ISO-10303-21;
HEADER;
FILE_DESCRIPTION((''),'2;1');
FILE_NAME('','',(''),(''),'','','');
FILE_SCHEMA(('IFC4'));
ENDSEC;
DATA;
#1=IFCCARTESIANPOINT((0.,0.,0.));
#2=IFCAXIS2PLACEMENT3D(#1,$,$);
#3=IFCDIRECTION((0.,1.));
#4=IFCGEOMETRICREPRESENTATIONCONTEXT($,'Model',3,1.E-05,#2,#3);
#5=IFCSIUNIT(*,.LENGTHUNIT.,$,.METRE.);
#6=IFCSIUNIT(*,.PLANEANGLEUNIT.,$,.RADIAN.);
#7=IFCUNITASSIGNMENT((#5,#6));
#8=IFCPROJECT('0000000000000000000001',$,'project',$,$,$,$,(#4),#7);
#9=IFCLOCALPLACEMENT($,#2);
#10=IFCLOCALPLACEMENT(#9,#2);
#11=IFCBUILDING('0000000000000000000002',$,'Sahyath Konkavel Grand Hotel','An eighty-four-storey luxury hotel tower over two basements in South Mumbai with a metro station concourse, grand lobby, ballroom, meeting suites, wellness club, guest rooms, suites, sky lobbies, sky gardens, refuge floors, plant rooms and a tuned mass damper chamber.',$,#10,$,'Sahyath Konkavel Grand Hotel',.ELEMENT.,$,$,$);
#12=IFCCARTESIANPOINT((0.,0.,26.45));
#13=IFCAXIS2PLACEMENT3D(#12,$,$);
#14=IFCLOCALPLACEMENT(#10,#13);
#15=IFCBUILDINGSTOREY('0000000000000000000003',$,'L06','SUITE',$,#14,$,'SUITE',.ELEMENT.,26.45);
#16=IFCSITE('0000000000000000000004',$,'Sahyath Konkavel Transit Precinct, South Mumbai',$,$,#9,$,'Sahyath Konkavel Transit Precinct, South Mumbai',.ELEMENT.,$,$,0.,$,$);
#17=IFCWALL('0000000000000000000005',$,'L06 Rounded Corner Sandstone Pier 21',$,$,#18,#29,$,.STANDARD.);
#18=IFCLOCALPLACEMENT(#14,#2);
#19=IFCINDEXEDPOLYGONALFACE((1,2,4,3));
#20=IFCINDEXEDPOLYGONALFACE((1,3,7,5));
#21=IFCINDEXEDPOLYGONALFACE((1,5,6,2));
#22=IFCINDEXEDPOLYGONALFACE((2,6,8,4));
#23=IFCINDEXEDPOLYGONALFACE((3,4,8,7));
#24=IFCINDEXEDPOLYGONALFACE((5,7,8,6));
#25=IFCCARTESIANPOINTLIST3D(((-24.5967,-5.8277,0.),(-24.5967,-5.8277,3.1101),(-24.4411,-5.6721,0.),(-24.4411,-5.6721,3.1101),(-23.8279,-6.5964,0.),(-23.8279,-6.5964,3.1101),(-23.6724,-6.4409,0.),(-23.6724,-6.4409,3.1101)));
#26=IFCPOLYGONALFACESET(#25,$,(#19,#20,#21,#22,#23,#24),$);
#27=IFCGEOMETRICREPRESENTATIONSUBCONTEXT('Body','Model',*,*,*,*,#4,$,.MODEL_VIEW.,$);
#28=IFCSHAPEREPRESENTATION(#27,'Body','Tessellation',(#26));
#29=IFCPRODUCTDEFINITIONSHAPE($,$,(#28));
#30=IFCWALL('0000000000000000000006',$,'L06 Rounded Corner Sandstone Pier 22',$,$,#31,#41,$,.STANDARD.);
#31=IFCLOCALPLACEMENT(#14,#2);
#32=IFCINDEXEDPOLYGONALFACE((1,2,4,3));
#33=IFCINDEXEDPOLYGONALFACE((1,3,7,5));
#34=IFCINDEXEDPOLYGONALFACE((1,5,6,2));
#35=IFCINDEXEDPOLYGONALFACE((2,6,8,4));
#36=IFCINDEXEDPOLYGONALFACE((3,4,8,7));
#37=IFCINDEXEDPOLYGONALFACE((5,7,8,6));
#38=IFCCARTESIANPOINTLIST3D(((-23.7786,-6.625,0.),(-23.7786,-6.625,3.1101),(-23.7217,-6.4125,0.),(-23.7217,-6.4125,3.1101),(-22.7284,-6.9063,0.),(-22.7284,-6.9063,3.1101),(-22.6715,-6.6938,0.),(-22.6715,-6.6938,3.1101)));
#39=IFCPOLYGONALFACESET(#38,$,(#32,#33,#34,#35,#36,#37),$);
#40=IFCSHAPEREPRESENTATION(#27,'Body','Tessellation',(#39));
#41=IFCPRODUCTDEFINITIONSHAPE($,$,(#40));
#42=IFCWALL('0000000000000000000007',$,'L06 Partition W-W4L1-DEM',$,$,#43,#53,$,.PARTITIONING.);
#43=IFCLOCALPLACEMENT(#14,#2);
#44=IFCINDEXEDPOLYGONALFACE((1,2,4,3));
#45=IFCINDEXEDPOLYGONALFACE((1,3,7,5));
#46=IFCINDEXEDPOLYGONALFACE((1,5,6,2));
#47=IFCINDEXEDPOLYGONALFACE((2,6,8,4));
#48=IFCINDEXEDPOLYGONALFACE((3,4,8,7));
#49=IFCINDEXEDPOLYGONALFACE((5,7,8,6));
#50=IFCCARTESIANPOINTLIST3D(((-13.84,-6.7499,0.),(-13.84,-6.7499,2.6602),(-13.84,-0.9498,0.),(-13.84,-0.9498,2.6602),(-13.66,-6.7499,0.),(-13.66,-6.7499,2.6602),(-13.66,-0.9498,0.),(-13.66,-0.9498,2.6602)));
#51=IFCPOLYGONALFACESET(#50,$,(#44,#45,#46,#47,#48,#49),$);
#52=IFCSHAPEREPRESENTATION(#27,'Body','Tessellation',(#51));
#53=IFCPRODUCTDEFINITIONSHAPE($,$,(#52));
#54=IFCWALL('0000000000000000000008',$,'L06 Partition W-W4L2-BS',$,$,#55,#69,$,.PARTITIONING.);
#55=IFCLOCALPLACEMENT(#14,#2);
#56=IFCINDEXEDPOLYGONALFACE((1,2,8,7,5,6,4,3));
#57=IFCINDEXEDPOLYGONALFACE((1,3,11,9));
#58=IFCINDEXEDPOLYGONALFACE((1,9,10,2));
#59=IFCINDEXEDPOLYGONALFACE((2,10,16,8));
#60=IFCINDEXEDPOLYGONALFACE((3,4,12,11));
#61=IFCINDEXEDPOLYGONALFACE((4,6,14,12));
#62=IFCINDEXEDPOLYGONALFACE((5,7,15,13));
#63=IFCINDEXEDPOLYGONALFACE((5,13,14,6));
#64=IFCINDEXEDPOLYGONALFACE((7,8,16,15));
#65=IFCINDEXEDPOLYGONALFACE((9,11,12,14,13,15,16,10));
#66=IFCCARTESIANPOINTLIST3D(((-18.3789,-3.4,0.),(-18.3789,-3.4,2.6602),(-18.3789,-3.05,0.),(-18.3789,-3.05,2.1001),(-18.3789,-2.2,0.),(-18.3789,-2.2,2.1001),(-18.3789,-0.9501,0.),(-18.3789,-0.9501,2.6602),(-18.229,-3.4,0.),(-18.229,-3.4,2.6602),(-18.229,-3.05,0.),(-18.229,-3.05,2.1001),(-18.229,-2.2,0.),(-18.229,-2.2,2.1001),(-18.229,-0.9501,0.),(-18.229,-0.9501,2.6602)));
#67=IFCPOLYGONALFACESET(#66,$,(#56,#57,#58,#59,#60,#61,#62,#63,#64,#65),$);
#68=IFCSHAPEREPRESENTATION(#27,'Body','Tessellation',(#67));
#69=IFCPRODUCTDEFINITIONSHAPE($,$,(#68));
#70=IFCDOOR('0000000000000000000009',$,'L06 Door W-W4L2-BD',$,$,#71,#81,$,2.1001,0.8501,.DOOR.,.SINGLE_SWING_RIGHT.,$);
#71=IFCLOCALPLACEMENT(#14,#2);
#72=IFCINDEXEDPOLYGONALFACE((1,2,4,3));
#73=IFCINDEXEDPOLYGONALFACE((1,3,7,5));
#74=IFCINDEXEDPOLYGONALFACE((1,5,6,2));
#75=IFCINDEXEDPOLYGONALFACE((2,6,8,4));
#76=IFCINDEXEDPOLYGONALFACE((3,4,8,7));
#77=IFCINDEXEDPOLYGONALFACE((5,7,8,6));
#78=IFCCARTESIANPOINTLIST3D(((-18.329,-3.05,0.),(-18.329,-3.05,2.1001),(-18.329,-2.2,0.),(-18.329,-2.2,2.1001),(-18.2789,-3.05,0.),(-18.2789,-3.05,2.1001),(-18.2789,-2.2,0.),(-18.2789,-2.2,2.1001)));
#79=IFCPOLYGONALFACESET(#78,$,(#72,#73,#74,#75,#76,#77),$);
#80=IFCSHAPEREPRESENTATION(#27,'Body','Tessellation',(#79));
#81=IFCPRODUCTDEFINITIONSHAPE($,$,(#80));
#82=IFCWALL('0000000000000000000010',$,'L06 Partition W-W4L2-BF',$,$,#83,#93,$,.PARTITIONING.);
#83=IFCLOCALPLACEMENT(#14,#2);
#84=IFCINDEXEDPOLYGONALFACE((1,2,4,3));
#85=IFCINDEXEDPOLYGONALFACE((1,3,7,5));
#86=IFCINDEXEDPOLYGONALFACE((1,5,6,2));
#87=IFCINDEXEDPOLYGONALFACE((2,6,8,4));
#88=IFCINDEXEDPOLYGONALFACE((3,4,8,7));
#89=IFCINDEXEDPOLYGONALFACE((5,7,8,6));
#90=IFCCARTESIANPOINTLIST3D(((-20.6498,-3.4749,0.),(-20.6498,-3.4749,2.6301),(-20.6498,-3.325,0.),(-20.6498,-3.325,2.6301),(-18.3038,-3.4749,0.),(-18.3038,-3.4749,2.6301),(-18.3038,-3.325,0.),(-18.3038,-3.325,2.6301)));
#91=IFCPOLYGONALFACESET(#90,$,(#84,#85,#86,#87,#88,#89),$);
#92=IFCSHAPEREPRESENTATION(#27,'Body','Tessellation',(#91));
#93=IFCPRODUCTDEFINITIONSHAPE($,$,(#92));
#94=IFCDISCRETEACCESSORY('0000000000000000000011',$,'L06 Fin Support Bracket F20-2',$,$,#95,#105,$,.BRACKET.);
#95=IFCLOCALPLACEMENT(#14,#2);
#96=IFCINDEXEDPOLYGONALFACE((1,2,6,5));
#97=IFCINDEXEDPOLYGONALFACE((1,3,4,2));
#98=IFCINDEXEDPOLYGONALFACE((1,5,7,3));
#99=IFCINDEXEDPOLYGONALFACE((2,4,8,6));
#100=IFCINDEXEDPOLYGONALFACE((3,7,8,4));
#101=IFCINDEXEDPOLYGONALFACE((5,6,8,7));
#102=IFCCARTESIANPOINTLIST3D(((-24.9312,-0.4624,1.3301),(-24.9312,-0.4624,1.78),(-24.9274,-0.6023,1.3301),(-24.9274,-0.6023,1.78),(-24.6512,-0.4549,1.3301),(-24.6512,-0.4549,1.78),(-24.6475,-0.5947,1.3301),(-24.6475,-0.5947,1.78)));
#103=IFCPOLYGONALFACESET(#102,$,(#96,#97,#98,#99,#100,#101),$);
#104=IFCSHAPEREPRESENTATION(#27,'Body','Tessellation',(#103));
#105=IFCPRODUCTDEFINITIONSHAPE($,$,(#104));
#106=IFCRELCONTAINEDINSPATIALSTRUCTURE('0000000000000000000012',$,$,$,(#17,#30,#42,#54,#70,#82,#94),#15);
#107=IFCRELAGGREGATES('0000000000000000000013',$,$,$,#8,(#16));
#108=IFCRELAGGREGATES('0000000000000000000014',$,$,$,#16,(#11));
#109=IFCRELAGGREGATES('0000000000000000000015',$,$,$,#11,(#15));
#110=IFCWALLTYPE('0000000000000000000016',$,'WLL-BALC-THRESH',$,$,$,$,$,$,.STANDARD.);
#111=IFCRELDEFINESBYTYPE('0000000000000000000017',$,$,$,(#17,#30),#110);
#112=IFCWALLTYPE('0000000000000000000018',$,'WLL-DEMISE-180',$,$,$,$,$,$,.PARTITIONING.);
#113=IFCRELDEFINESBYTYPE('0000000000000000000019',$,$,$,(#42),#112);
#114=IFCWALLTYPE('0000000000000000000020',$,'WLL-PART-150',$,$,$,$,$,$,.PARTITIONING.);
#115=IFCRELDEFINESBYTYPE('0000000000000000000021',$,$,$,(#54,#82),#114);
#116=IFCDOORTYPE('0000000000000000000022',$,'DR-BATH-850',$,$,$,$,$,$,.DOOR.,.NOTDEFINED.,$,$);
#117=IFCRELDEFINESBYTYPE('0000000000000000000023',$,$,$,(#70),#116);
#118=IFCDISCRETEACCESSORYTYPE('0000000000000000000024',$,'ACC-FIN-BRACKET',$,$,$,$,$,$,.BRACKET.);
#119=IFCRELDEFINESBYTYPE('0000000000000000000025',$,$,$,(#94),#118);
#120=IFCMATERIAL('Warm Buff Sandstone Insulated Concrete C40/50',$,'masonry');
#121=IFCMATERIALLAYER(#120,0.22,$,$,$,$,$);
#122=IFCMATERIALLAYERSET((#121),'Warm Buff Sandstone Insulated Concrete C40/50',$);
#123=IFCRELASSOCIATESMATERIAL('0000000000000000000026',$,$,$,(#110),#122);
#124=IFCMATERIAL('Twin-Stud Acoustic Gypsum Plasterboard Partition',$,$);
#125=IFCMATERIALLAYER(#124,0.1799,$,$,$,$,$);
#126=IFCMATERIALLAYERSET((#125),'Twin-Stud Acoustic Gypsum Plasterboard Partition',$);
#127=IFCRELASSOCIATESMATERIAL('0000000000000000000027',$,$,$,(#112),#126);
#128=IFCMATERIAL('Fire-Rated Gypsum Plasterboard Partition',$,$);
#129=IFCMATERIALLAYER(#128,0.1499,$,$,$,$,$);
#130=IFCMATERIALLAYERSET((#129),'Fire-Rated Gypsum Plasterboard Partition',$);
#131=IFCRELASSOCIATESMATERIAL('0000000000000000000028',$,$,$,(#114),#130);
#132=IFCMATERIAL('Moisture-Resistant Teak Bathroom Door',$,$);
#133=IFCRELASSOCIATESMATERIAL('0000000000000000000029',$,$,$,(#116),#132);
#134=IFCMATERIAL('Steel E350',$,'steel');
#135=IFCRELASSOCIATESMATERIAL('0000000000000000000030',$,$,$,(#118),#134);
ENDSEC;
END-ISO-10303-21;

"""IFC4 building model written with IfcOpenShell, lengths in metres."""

from ifc_helpers import new_model, si_unit, direction, frame, frame_2d, origin, origin_2d, place, context, subcontext, project, spatial, rectangle, extrude, source, transform, mapped, material, layer, layer_set, type_object, element, fill, save


model = new_model("IFC4")

# Units and contexts
model_context = context("Model", 3, precision=1e-05, world=origin(), true_north=direction((0.0, 1.0)))
body_context = subcontext(model_context, "Body", "Model", "MODEL_VIEW")
ifc_project = project(units=[si_unit("LENGTHUNIT", "METRE"), si_unit("PLANEANGLEUNIT", "RADIAN")], contexts=[model_context])

# Site, building, storey
site_placement = place(None, origin())
site = spatial("IfcSite", under=ifc_project, at=site_placement, Name="Sahyath Konkavel Transit Precinct, South Mumbai", LongName="Sahyath Konkavel Transit Precinct, South Mumbai", CompositionType="ELEMENT", RefElevation=0.0)
building_placement = place(site_placement, origin())
building = spatial("IfcBuilding", under=site, at=building_placement, Name="Sahyath Konkavel Grand Hotel", Description="An eighty-four-storey luxury hotel tower over two basements in South Mumbai with a metro station concourse, grand lobby, ballroom, meeting suites, wellness club, guest rooms, suites, sky lobbies, sky gardens, refuge floors, plant rooms and a tuned mass damper chamber.", LongName="Sahyath Konkavel Grand Hotel", CompositionType="ELEMENT")
storey_placement = place(building_placement, frame((0.0, 0.0, 26.45)))
storey = spatial("IfcBuildingStorey", under=building, at=storey_placement, Name="L06", Description="SUITE", LongName="SUITE", CompositionType="ELEMENT", Elevation=26.45)

# Shared definitions
ifc_material_1 = material(Name="Steel E350", Category="steel")

# Walls
ifc_material_2 = material(Name="Warm Buff Sandstone Insulated Concrete C40/50", Category="masonry")
ifc_layer_1 = layer(ifc_material_2, 0.22)
ifc_layer_set_1 = layer_set([ifc_layer_1], Name="Warm Buff Sandstone Insulated Concrete C40/50")
wall_type_1 = type_object("IfcWallType", Name="WLL-BALC-THRESH", PredefinedType="STANDARD", material=ifc_layer_set_1)
for number, where, z_axis, x_axis, name in (
    (1, (-24.5188, -5.75, 0.0), (0.0, 0.0, 1.0), (0.707107, -0.707107, 0.0), "L06 Rounded Corner Sandstone Pier 21"),
    (2, (-23.75, -6.5188, 0.0), (0.0, 0.0, 1.0), (0.965951, -0.258725, 0.0), "L06 Rounded Corner Sandstone Pier 22"),
):
    element("IfcWall", number, at=place(storey_placement, frame(where, z_axis=z_axis, x_axis=x_axis)), inside=storey, type_object=wall_type_1, Name=name, PredefinedType="STANDARD", context=body_context, shape_type="SweptSolid", body=[
        extrude(rectangle(XDim=1.0872, YDim=0.22, at=frame_2d((0.5435, 0.0))), origin(), (0.0, 0.0, 1.0), 3.1101),
    ])
ifc_material_3 = material(Name="Twin-Stud Acoustic Gypsum Plasterboard Partition")
ifc_layer_2 = layer(ifc_material_3, 0.1799)
ifc_layer_set_2 = layer_set([ifc_layer_2], Name="Twin-Stud Acoustic Gypsum Plasterboard Partition")
wall_type_2 = type_object("IfcWallType", Name="WLL-DEMISE-180", PredefinedType="PARTITIONING", material=ifc_layer_set_2)
wall_1_placement = place(storey_placement, frame((-13.75, -0.95, 0.0), z_axis=(0.0, 0.0, 1.0), x_axis=(0.0, -1.0, 0.0)))
element("IfcWall", 3, at=wall_1_placement, inside=storey, type_object=wall_type_2, Name="L06 Partition W-W4L1-DEM", PredefinedType="PARTITIONING", context=body_context, shape_type="SweptSolid", body=[
    extrude(rectangle(XDim=5.8, YDim=0.1799, at=frame_2d((2.8999, 0.0))), origin(), (0.0, 0.0, 1.0), 2.6602),
])

# Wall, opening, door
ifc_material_4 = material(Name="Fire-Rated Gypsum Plasterboard Partition")
ifc_layer_3 = layer(ifc_material_4, 0.1499)
ifc_layer_set_3 = layer_set([ifc_layer_3], Name="Fire-Rated Gypsum Plasterboard Partition")
wall_type_3 = type_object("IfcWallType", Name="WLL-PART-150", PredefinedType="PARTITIONING", material=ifc_layer_set_3)
wall_2_placement = place(storey_placement, frame((-18.304, -0.95, 0.0), z_axis=(0.0, 0.0, 1.0), x_axis=(0.0, -1.0, 0.0)))
wall_2 = element("IfcWall", 4, at=wall_2_placement, inside=storey, type_object=wall_type_3, Name="L06 Partition W-W4L2-BS", PredefinedType="PARTITIONING", context=body_context, shape_type="SweptSolid", body=[
    extrude(rectangle(XDim=2.45, YDim=0.1499, at=frame_2d((1.2251, 0.0))), origin(), (0.0, 0.0, 1.0), 2.6602),
])
opening_placement = place(wall_2_placement, frame((1.25, 0.0, 0.0)))
opening = element("IfcOpeningElement", 5, at=opening_placement, cuts=wall_2, PredefinedType="OPENING", context=body_context, shape_type="SweptSolid", body=[
    extrude(rectangle(XDim=0.8501, YDim=2.1001, at=frame_2d((0.425, 1.05))), frame((0.0, 0.085, 0.0), z_axis=(0.0, -1.0, 0.0), x_axis=(1.0, 0.0, 0.0)), (0.0, 0.0, 1.0), 0.1699),
])
ifc_material_5 = material(Name="Moisture-Resistant Teak Bathroom Door")
door_type = type_object("IfcDoorType", Name="DR-BATH-850", OperationType="NOTDEFINED", PredefinedType="DOOR", material=ifc_material_5)
shared_shape_1 = source(origin(), body_context, "Body", "SweptSolid", [
    extrude(rectangle(XDim=0.8501, YDim=0.05, at=origin_2d()), origin(), (0.0, 0.0, 1.0), 2.1001),
])
door_placement = place(opening_placement, frame((0.425, 0.0, 0.0)))
door = element("IfcDoor", 6, at=door_placement, inside=storey, type_object=door_type, Name="L06 Door W-W4L2-BD", OperationType="SINGLE_SWING_RIGHT", OverallHeight=2.1001, OverallWidth=0.8501, PredefinedType="DOOR", context=body_context, shape_type="MappedRepresentation", body=[
    mapped(shared_shape_1, transform((0.0, 0.0, 0.0), scale=1.0)),
])
fill(opening, door)

# Wall
wall_3_placement = place(storey_placement, frame((-18.304, -3.3999, 0.0), z_axis=(0.0, 0.0, 1.0), x_axis=(-1.0, 0.0, 0.0)))
element("IfcWall", 7, at=wall_3_placement, inside=storey, type_object=wall_type_3, Name="L06 Partition W-W4L2-BF", PredefinedType="PARTITIONING", context=body_context, shape_type="SweptSolid", body=[
    extrude(rectangle(XDim=2.3459, YDim=0.1499, at=frame_2d((1.1729, 0.0))), origin(), (0.0, 0.0, 1.0), 2.6301),
])

# Discrete accessory
discrete_accessory_type = type_object("IfcDiscreteAccessoryType", Name="ACC-FIN-BRACKET", PredefinedType="BRACKET", material=ifc_material_1)
shared_shape_2 = source(origin(), body_context, "Body", "SweptSolid", [
    extrude(rectangle(XDim=0.28, YDim=0.1399, at=origin_2d()), origin(), (0.0, 0.0, 1.0), 0.45),
])
discrete_accessory_placement = place(storey_placement, frame((-24.7893, -0.5286, 1.3301), z_axis=(0.0, 0.0, 1.0), x_axis=(-0.999638, -0.02691, 0.0)))
element("IfcDiscreteAccessory", 8, at=discrete_accessory_placement, inside=storey, type_object=discrete_accessory_type, Name="L06 Fin Support Bracket F20-2", PredefinedType="BRACKET", context=body_context, shape_type="MappedRepresentation", body=[
    mapped(shared_shape_2, transform((0.0, 0.0, 0.0), scale=1.0)),
])

save(model, "model.ifc")
